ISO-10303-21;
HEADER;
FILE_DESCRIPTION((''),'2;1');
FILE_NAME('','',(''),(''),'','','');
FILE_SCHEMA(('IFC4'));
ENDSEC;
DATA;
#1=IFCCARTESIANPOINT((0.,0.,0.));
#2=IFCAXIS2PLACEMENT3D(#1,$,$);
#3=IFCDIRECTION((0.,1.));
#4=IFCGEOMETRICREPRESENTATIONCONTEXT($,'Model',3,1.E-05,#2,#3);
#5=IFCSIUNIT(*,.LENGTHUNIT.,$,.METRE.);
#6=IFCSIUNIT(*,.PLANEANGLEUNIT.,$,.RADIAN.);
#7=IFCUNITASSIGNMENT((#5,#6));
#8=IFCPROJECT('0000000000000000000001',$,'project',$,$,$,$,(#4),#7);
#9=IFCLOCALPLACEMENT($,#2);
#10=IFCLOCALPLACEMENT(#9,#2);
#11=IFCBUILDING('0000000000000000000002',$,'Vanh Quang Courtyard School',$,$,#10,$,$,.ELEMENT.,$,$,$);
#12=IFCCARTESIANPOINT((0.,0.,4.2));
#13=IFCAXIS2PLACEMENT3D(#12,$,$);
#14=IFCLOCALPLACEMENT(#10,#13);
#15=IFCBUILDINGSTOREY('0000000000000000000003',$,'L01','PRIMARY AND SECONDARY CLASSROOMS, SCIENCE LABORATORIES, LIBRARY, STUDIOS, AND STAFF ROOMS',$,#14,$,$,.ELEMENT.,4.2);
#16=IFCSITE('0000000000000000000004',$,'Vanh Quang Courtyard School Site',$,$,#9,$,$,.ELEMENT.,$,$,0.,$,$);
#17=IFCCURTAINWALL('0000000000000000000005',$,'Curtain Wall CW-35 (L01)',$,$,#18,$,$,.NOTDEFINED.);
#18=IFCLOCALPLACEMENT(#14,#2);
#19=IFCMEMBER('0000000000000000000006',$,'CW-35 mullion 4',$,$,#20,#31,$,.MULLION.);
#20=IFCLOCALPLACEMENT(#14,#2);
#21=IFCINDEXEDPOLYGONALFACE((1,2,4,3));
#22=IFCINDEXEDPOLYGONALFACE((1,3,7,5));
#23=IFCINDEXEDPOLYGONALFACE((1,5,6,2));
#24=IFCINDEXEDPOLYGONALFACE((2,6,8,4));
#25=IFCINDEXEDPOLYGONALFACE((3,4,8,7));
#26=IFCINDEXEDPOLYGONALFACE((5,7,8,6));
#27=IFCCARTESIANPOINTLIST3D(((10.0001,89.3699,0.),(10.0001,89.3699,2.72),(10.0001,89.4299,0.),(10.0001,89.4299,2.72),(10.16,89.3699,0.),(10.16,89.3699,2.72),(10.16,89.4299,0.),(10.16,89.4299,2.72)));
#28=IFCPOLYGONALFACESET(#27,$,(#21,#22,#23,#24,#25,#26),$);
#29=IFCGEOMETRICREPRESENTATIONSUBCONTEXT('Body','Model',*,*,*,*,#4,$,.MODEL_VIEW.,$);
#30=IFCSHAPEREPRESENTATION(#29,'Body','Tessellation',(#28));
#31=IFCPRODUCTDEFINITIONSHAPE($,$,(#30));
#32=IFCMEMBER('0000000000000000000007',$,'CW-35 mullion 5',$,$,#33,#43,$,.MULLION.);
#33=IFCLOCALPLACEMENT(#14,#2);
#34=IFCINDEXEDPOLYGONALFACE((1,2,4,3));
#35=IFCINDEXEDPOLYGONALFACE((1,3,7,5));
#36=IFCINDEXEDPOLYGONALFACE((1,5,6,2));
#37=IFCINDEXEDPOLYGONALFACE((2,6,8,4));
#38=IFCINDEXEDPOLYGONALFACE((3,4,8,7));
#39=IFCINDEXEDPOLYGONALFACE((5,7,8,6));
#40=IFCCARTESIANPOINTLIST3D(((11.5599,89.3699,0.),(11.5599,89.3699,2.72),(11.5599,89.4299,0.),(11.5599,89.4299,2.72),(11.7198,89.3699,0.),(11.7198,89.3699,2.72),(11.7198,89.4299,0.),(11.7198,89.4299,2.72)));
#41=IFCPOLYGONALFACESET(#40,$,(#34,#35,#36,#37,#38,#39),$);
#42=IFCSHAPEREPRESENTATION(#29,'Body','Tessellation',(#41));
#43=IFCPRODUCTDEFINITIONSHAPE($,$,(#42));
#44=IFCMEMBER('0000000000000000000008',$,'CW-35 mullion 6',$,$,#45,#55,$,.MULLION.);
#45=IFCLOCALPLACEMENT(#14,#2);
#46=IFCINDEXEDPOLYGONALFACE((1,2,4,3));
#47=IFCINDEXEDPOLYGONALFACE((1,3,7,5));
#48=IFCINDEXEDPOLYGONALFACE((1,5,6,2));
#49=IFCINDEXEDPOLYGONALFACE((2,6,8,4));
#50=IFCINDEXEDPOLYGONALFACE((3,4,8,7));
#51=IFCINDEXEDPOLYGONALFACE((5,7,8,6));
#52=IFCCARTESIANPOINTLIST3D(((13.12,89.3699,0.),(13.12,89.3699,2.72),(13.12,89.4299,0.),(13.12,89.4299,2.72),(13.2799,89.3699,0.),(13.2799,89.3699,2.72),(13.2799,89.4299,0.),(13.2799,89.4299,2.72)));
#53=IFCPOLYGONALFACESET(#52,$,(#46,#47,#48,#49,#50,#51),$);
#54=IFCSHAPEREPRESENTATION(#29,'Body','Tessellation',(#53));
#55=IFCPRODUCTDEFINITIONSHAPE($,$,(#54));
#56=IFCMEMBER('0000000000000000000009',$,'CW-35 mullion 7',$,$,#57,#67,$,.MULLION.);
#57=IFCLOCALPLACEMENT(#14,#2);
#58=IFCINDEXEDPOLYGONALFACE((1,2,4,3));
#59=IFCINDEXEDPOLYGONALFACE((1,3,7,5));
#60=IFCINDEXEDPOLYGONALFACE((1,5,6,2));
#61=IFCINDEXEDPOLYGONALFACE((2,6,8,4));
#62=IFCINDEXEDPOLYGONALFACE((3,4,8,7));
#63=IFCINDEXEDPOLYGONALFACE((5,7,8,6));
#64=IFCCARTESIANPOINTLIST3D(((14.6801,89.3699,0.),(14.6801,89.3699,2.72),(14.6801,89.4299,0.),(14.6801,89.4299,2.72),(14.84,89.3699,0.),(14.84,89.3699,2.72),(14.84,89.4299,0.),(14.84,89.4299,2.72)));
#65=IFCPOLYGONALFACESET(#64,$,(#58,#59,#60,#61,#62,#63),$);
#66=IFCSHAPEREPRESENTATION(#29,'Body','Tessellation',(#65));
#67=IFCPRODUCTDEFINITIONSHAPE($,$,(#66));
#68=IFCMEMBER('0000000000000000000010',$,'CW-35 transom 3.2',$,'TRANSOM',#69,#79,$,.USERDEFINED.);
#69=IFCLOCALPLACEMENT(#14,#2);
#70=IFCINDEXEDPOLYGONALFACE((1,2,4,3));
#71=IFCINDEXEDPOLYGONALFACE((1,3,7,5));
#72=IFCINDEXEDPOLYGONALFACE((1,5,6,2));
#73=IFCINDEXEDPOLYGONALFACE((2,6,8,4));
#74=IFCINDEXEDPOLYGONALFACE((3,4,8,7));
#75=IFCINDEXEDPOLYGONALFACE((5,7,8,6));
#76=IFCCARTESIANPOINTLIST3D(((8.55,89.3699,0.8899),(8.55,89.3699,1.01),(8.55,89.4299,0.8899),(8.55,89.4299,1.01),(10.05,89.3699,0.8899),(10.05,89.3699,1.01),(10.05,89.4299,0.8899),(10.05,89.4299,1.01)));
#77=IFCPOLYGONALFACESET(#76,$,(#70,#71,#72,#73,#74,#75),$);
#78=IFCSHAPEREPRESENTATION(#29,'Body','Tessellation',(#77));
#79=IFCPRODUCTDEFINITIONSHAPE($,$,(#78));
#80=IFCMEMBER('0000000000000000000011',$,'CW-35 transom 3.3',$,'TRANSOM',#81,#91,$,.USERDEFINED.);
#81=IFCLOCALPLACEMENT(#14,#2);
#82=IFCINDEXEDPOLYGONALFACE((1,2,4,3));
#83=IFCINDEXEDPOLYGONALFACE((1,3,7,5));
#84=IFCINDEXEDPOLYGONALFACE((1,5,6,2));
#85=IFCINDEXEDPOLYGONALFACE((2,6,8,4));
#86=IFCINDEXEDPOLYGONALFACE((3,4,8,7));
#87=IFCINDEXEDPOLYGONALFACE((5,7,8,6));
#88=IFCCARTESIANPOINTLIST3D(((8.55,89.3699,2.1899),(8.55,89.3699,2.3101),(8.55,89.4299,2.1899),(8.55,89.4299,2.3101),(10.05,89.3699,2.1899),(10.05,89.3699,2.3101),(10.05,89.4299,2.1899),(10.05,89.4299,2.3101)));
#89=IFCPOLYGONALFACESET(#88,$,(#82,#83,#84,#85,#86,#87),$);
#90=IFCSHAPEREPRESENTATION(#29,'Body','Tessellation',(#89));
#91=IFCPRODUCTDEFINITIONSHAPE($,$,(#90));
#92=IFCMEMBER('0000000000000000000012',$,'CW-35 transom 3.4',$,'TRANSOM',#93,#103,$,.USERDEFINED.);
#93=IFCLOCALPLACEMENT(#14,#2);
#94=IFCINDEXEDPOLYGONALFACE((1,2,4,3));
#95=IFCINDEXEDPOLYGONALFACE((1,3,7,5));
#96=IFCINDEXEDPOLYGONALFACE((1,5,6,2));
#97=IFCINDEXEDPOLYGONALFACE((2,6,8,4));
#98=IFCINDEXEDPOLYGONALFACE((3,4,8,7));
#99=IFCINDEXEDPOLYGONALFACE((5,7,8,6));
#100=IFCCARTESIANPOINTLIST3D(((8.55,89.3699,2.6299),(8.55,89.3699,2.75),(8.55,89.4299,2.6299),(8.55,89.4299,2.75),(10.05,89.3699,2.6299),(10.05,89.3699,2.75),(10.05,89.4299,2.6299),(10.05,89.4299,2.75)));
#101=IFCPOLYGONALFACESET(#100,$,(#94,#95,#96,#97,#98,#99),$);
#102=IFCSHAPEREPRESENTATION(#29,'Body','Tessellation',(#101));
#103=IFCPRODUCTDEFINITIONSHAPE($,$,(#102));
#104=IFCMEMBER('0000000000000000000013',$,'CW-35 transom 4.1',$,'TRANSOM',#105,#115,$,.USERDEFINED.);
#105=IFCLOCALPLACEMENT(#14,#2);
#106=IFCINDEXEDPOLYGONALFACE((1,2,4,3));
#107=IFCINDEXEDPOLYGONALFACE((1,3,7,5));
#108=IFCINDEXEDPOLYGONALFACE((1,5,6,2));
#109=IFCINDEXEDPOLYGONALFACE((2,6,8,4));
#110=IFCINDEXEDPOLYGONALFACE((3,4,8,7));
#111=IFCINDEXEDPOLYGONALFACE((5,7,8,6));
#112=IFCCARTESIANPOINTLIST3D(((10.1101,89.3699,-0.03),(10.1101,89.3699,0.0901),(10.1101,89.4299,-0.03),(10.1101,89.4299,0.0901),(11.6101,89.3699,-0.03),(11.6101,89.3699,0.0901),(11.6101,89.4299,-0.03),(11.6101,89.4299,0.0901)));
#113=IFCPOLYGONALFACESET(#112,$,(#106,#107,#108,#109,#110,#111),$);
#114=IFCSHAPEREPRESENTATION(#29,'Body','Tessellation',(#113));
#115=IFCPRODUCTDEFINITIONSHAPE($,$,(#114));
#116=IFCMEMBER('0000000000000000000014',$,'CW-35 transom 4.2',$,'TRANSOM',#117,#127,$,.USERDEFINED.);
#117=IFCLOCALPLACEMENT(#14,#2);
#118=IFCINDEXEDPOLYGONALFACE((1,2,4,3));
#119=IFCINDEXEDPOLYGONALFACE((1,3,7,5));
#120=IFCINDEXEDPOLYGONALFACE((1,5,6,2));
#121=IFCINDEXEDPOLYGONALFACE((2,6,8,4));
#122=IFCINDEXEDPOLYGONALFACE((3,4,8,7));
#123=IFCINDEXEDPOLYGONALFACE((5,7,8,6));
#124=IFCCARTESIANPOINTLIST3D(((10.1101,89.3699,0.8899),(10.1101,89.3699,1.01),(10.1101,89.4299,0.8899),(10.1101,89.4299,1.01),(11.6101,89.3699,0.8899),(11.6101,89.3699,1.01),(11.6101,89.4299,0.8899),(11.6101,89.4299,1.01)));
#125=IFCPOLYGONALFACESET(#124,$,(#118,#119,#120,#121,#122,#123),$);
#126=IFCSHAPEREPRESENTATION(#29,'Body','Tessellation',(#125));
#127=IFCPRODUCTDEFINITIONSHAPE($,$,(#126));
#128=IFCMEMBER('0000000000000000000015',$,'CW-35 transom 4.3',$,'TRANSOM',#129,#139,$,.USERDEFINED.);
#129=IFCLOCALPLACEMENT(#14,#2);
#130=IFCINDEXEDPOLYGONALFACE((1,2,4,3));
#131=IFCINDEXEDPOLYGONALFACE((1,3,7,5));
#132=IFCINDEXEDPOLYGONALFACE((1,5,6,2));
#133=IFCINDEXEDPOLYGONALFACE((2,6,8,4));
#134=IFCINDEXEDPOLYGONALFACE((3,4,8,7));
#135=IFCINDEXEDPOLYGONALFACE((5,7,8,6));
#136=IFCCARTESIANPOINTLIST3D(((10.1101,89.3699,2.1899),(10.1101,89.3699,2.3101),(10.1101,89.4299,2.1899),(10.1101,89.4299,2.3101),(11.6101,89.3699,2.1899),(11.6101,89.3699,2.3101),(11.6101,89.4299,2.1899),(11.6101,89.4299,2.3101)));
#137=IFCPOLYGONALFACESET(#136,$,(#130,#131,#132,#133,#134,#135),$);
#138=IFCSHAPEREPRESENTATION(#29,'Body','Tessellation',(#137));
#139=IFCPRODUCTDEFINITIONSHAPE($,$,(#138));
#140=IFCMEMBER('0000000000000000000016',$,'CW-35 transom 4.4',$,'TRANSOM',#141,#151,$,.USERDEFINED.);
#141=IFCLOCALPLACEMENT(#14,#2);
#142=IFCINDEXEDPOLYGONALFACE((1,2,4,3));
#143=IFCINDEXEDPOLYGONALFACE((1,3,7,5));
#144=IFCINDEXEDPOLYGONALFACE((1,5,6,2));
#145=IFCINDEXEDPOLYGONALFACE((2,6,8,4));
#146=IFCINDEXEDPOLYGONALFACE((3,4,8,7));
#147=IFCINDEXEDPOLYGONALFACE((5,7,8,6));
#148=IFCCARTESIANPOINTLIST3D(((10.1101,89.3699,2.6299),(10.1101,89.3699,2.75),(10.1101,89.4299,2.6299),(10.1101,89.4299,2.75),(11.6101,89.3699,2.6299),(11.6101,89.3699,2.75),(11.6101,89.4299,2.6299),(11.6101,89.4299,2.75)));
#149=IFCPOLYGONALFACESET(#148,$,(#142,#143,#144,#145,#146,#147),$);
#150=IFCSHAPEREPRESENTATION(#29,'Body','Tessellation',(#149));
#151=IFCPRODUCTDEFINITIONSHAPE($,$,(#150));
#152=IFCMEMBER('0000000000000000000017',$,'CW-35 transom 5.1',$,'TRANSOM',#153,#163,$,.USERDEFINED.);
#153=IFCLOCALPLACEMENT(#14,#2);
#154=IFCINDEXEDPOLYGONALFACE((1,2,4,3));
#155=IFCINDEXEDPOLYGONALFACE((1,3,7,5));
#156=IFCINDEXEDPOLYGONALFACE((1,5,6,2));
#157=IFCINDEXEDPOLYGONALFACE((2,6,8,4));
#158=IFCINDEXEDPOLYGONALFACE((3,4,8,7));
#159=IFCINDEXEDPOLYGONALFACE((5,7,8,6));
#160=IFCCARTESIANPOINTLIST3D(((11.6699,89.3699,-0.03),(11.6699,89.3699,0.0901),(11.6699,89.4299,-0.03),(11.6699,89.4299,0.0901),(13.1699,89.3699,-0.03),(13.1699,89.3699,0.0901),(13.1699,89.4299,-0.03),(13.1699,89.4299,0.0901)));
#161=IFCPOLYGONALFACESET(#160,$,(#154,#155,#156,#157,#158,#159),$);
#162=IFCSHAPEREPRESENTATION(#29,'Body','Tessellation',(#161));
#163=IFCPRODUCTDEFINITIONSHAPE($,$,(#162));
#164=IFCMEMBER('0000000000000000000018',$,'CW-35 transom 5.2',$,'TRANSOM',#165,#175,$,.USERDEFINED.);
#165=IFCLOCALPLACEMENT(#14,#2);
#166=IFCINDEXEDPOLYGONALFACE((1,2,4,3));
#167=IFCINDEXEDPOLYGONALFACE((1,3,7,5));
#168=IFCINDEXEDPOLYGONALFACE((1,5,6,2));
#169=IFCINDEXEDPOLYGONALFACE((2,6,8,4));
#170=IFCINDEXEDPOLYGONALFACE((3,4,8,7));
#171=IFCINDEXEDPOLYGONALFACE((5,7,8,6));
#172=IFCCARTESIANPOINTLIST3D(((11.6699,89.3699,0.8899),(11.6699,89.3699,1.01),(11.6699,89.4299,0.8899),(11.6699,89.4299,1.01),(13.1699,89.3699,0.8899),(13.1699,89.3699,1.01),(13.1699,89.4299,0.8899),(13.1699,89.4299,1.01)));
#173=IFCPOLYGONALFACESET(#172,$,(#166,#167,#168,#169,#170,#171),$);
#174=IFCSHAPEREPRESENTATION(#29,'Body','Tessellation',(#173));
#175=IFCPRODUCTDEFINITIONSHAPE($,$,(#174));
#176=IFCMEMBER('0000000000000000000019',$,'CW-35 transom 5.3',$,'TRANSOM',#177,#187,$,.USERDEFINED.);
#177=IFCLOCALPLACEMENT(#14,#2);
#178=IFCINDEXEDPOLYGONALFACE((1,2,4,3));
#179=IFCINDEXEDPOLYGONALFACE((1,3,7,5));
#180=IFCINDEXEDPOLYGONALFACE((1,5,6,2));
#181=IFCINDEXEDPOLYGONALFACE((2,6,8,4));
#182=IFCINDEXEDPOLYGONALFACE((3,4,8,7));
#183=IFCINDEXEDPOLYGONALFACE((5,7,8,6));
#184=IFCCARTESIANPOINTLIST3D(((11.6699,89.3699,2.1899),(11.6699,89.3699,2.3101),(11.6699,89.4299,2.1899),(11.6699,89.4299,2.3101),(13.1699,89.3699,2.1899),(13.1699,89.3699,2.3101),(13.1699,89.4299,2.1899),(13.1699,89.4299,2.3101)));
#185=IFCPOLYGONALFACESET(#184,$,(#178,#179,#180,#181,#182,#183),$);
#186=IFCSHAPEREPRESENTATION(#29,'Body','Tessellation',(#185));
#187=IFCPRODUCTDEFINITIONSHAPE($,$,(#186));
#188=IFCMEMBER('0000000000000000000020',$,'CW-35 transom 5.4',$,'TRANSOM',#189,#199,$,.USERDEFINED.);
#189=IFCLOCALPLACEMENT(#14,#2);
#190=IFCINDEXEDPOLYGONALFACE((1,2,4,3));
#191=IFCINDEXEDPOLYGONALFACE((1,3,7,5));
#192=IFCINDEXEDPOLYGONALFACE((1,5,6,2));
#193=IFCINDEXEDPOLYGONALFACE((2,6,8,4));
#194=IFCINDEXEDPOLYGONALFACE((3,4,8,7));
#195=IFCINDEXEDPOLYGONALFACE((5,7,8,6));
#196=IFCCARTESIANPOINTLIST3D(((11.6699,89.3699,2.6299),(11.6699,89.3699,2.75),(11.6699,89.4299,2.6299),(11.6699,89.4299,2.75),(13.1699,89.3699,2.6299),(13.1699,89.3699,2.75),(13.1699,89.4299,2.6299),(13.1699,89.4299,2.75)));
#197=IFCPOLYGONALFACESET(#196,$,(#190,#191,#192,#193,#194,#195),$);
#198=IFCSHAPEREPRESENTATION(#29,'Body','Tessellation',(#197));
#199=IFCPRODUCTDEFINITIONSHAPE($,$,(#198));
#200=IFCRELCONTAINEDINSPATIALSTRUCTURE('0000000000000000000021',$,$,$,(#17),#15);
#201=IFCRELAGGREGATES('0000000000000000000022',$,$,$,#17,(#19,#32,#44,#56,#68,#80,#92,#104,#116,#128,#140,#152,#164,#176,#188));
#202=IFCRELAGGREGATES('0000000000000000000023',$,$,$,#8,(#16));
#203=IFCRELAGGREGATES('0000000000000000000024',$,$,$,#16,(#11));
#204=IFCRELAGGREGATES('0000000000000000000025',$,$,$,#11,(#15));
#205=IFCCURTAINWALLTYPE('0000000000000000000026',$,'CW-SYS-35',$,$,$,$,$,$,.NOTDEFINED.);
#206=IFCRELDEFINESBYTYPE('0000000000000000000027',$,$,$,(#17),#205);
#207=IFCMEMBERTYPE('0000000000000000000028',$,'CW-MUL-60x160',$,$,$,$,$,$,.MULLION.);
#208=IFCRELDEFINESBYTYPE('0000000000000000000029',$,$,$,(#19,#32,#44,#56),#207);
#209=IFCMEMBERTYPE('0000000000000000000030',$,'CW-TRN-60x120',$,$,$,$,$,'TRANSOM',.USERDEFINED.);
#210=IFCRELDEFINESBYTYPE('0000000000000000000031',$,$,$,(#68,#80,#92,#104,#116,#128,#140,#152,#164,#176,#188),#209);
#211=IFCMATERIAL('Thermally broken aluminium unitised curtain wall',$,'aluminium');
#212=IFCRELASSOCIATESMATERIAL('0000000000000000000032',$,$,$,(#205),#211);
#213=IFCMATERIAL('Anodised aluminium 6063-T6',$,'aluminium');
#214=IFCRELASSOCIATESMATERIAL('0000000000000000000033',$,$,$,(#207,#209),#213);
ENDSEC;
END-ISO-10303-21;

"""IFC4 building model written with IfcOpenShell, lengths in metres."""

from ifc_helpers import new_model, si_unit, direction, frame, origin, origin_2d, place, context, subcontext, project, spatial, rectangle, extrude, material, material_profile, profile_set, type_object, element, aggregate, save


model = new_model("IFC4")

# Units and contexts
model_context = context("Model", 3, precision=1e-05, world=origin(), true_north=direction((0.0, 1.0)))
body_context = subcontext(model_context, "Body", "Model", "MODEL_VIEW")
ifc_project = project(units=[si_unit("LENGTHUNIT", "METRE"), si_unit("PLANEANGLEUNIT", "RADIAN")], contexts=[model_context])

# Site, building, storey
site_placement = place(None, origin())
site = spatial("IfcSite", under=ifc_project, at=site_placement, Name="Vanh Quang Courtyard School Site", CompositionType="ELEMENT", RefElevation=0.0)
building_placement = place(site_placement, origin())
building = spatial("IfcBuilding", under=site, at=building_placement, Name="Vanh Quang Courtyard School", CompositionType="ELEMENT")
storey_placement = place(building_placement, frame((0.0, 0.0, 4.2)))
storey = spatial("IfcBuildingStorey", under=building, at=storey_placement, Name="L01", Description="PRIMARY AND SECONDARY CLASSROOMS, SCIENCE LABORATORIES, LIBRARY, STUDIOS, AND STAFF ROOMS", CompositionType="ELEMENT", Elevation=4.2)

# Curtain wall, members
ifc_material_1 = material(Name="Thermally broken aluminium unitised curtain wall", Category="aluminium")
curtain_wall_type = type_object("IfcCurtainWallType", Name="CW-SYS-35", PredefinedType="NOTDEFINED", material=ifc_material_1)
curtain_wall_placement = place(storey_placement, origin())
curtain_wall = element("IfcCurtainWall", 1, at=curtain_wall_placement, inside=storey, type_object=curtain_wall_type, Name="Curtain Wall CW-35 (L01)", PredefinedType="NOTDEFINED")
ifc_material_2 = material(Name="Anodised aluminium 6063-T6", Category="aluminium")
ifc_material_profile_1 = material_profile(ifc_material_2, rectangle(XDim=0.0601, YDim=0.1599, at=origin_2d()), Name="ALU-MUL 60x160")
ifc_profile_set_1 = profile_set([ifc_material_profile_1], Name="Anodised aluminium 6063-T6")
member_type_1 = type_object("IfcMemberType", Name="CW-MUL-60x160", PredefinedType="MULLION", material=ifc_profile_set_1)
member_1_placement = place(storey_placement, frame((10.0801, 89.3999, 0.0), z_axis=(0.0, 0.0, 1.0), x_axis=(0.0, 1.0, 0.0)))
member_1 = element("IfcMember", 2, at=member_1_placement, type_object=member_type_1, Name="CW-35 mullion 4", PredefinedType="MULLION", context=body_context, shape_type="SweptSolid", body=[
    extrude(rectangle(XDim=0.0601, YDim=0.1599, at=origin_2d()), origin(), (0.0, 0.0, 1.0), 2.72),
])
member_2_placement = place(storey_placement, frame((11.6399, 89.3999, 0.0), z_axis=(0.0, 0.0, 1.0), x_axis=(0.0, 1.0, 0.0)))
member_2 = element("IfcMember", 3, at=member_2_placement, type_object=member_type_1, Name="CW-35 mullion 5", PredefinedType="MULLION", context=body_context, shape_type="SweptSolid", body=[
    extrude(rectangle(XDim=0.0601, YDim=0.1599, at=origin_2d()), origin(), (0.0, 0.0, 1.0), 2.72),
])
member_3_placement = place(storey_placement, frame((13.2, 89.3999, 0.0), z_axis=(0.0, 0.0, 1.0), x_axis=(0.0, 1.0, 0.0)))
member_3 = element("IfcMember", 4, at=member_3_placement, type_object=member_type_1, Name="CW-35 mullion 6", PredefinedType="MULLION", context=body_context, shape_type="SweptSolid", body=[
    extrude(rectangle(XDim=0.0601, YDim=0.1599, at=origin_2d()), origin(), (0.0, 0.0, 1.0), 2.72),
])
member_4_placement = place(storey_placement, frame((14.76, 89.3999, 0.0), z_axis=(0.0, 0.0, 1.0), x_axis=(0.0, 1.0, 0.0)))
member_4 = element("IfcMember", 5, at=member_4_placement, type_object=member_type_1, Name="CW-35 mullion 7", PredefinedType="MULLION", context=body_context, shape_type="SweptSolid", body=[
    extrude(rectangle(XDim=0.0601, YDim=0.1599, at=origin_2d()), origin(), (0.0, 0.0, 1.0), 2.72),
])
ifc_material_profile_2 = material_profile(ifc_material_2, rectangle(XDim=0.0601, YDim=0.1201, at=origin_2d()), Name="ALU-TRN 60x120")
ifc_profile_set_2 = profile_set([ifc_material_profile_2], Name="Anodised aluminium 6063-T6")
member_type_2 = type_object("IfcMemberType", Name="CW-TRN-60x120", ElementType="TRANSOM", PredefinedType="USERDEFINED", material=ifc_profile_set_2)
member_5_placement = place(storey_placement, frame((8.55, 89.3999, 0.95), z_axis=(1.0, 0.0, 0.0), x_axis=(0.0, 1.0, 0.0)))
member_5 = element("IfcMember", 6, at=member_5_placement, type_object=member_type_2, Name="CW-35 transom 3.2", ObjectType="TRANSOM", PredefinedType="USERDEFINED", context=body_context, shape_type="SweptSolid", body=[
    extrude(rectangle(XDim=0.0601, YDim=0.1201, at=origin_2d()), origin(), (0.0, 0.0, 1.0), 1.5),
])
member_6_placement = place(storey_placement, frame((8.55, 89.3999, 2.25), z_axis=(1.0, 0.0, 0.0), x_axis=(0.0, 1.0, 0.0)))
member_6 = element("IfcMember", 7, at=member_6_placement, type_object=member_type_2, Name="CW-35 transom 3.3", ObjectType="TRANSOM", PredefinedType="USERDEFINED", context=body_context, shape_type="SweptSolid", body=[
    extrude(rectangle(XDim=0.0601, YDim=0.1201, at=origin_2d()), origin(), (0.0, 0.0, 1.0), 1.5),
])
member_7_placement = place(storey_placement, frame((8.55, 89.3999, 2.6899), z_axis=(1.0, 0.0, 0.0), x_axis=(0.0, 1.0, 0.0)))
member_7 = element("IfcMember", 8, at=member_7_placement, type_object=member_type_2, Name="CW-35 transom 3.4", ObjectType="TRANSOM", PredefinedType="USERDEFINED", context=body_context, shape_type="SweptSolid", body=[
    extrude(rectangle(XDim=0.0601, YDim=0.1201, at=origin_2d()), origin(), (0.0, 0.0, 1.0), 1.5),
])
member_8_placement = place(storey_placement, frame((10.1101, 89.3999, 0.03), z_axis=(1.0, 0.0, 0.0), x_axis=(0.0, 1.0, 0.0)))
member_8 = element("IfcMember", 9, at=member_8_placement, type_object=member_type_2, Name="CW-35 transom 4.1", ObjectType="TRANSOM", PredefinedType="USERDEFINED", context=body_context, shape_type="SweptSolid", body=[
    extrude(rectangle(XDim=0.0601, YDim=0.1201, at=origin_2d()), origin(), (0.0, 0.0, 1.0), 1.5),
])
member_9_placement = place(storey_placement, frame((10.1101, 89.3999, 0.95), z_axis=(1.0, 0.0, 0.0), x_axis=(0.0, 1.0, 0.0)))
member_9 = element("IfcMember", 10, at=member_9_placement, type_object=member_type_2, Name="CW-35 transom 4.2", ObjectType="TRANSOM", PredefinedType="USERDEFINED", context=body_context, shape_type="SweptSolid", body=[
    extrude(rectangle(XDim=0.0601, YDim=0.1201, at=origin_2d()), origin(), (0.0, 0.0, 1.0), 1.5),
])
member_10_placement = place(storey_placement, frame((10.1101, 89.3999, 2.25), z_axis=(1.0, 0.0, 0.0), x_axis=(0.0, 1.0, 0.0)))
member_10 = element("IfcMember", 11, at=member_10_placement, type_object=member_type_2, Name="CW-35 transom 4.3", ObjectType="TRANSOM", PredefinedType="USERDEFINED", context=body_context, shape_type="SweptSolid", body=[
    extrude(rectangle(XDim=0.0601, YDim=0.1201, at=origin_2d()), origin(), (0.0, 0.0, 1.0), 1.5),
])
member_11_placement = place(storey_placement, frame((10.1101, 89.3999, 2.6899), z_axis=(1.0, 0.0, 0.0), x_axis=(0.0, 1.0, 0.0)))
member_11 = element("IfcMember", 12, at=member_11_placement, type_object=member_type_2, Name="CW-35 transom 4.4", ObjectType="TRANSOM", PredefinedType="USERDEFINED", context=body_context, shape_type="SweptSolid", body=[
    extrude(rectangle(XDim=0.0601, YDim=0.1201, at=origin_2d()), origin(), (0.0, 0.0, 1.0), 1.5),
])
member_12_placement = place(storey_placement, frame((11.6699, 89.3999, 0.03), z_axis=(1.0, 0.0, 0.0), x_axis=(0.0, 1.0, 0.0)))
member_12 = element("IfcMember", 13, at=member_12_placement, type_object=member_type_2, Name="CW-35 transom 5.1", ObjectType="TRANSOM", PredefinedType="USERDEFINED", context=body_context, shape_type="SweptSolid", body=[
    extrude(rectangle(XDim=0.0601, YDim=0.1201, at=origin_2d()), origin(), (0.0, 0.0, 1.0), 1.5),
])
member_13_placement = place(storey_placement, frame((11.6699, 89.3999, 0.95), z_axis=(1.0, 0.0, 0.0), x_axis=(0.0, 1.0, 0.0)))
member_13 = element("IfcMember", 14, at=member_13_placement, type_object=member_type_2, Name="CW-35 transom 5.2", ObjectType="TRANSOM", PredefinedType="USERDEFINED", context=body_context, shape_type="SweptSolid", body=[
    extrude(rectangle(XDim=0.0601, YDim=0.1201, at=origin_2d()), origin(), (0.0, 0.0, 1.0), 1.5),
])
member_14_placement = place(storey_placement, frame((11.6699, 89.3999, 2.25), z_axis=(1.0, 0.0, 0.0), x_axis=(0.0, 1.0, 0.0)))
member_14 = element("IfcMember", 15, at=member_14_placement, type_object=member_type_2, Name="CW-35 transom 5.3", ObjectType="TRANSOM", PredefinedType="USERDEFINED", context=body_context, shape_type="SweptSolid", body=[
    extrude(rectangle(XDim=0.0601, YDim=0.1201, at=origin_2d()), origin(), (0.0, 0.0, 1.0), 1.5),
])
member_15_placement = place(storey_placement, frame((11.6699, 89.3999, 2.6899), z_axis=(1.0, 0.0, 0.0), x_axis=(0.0, 1.0, 0.0)))
member_15 = element("IfcMember", 16, at=member_15_placement, type_object=member_type_2, Name="CW-35 transom 5.4", ObjectType="TRANSOM", PredefinedType="USERDEFINED", context=body_context, shape_type="SweptSolid", body=[
    extrude(rectangle(XDim=0.0601, YDim=0.1201, at=origin_2d()), origin(), (0.0, 0.0, 1.0), 1.5),
])
aggregate(curtain_wall, [member_1, member_2, member_3, member_4, member_5, member_6, member_7, member_8, member_9, member_10, member_11, member_12, member_13, member_14, member_15])

save(model, "model.ifc")
